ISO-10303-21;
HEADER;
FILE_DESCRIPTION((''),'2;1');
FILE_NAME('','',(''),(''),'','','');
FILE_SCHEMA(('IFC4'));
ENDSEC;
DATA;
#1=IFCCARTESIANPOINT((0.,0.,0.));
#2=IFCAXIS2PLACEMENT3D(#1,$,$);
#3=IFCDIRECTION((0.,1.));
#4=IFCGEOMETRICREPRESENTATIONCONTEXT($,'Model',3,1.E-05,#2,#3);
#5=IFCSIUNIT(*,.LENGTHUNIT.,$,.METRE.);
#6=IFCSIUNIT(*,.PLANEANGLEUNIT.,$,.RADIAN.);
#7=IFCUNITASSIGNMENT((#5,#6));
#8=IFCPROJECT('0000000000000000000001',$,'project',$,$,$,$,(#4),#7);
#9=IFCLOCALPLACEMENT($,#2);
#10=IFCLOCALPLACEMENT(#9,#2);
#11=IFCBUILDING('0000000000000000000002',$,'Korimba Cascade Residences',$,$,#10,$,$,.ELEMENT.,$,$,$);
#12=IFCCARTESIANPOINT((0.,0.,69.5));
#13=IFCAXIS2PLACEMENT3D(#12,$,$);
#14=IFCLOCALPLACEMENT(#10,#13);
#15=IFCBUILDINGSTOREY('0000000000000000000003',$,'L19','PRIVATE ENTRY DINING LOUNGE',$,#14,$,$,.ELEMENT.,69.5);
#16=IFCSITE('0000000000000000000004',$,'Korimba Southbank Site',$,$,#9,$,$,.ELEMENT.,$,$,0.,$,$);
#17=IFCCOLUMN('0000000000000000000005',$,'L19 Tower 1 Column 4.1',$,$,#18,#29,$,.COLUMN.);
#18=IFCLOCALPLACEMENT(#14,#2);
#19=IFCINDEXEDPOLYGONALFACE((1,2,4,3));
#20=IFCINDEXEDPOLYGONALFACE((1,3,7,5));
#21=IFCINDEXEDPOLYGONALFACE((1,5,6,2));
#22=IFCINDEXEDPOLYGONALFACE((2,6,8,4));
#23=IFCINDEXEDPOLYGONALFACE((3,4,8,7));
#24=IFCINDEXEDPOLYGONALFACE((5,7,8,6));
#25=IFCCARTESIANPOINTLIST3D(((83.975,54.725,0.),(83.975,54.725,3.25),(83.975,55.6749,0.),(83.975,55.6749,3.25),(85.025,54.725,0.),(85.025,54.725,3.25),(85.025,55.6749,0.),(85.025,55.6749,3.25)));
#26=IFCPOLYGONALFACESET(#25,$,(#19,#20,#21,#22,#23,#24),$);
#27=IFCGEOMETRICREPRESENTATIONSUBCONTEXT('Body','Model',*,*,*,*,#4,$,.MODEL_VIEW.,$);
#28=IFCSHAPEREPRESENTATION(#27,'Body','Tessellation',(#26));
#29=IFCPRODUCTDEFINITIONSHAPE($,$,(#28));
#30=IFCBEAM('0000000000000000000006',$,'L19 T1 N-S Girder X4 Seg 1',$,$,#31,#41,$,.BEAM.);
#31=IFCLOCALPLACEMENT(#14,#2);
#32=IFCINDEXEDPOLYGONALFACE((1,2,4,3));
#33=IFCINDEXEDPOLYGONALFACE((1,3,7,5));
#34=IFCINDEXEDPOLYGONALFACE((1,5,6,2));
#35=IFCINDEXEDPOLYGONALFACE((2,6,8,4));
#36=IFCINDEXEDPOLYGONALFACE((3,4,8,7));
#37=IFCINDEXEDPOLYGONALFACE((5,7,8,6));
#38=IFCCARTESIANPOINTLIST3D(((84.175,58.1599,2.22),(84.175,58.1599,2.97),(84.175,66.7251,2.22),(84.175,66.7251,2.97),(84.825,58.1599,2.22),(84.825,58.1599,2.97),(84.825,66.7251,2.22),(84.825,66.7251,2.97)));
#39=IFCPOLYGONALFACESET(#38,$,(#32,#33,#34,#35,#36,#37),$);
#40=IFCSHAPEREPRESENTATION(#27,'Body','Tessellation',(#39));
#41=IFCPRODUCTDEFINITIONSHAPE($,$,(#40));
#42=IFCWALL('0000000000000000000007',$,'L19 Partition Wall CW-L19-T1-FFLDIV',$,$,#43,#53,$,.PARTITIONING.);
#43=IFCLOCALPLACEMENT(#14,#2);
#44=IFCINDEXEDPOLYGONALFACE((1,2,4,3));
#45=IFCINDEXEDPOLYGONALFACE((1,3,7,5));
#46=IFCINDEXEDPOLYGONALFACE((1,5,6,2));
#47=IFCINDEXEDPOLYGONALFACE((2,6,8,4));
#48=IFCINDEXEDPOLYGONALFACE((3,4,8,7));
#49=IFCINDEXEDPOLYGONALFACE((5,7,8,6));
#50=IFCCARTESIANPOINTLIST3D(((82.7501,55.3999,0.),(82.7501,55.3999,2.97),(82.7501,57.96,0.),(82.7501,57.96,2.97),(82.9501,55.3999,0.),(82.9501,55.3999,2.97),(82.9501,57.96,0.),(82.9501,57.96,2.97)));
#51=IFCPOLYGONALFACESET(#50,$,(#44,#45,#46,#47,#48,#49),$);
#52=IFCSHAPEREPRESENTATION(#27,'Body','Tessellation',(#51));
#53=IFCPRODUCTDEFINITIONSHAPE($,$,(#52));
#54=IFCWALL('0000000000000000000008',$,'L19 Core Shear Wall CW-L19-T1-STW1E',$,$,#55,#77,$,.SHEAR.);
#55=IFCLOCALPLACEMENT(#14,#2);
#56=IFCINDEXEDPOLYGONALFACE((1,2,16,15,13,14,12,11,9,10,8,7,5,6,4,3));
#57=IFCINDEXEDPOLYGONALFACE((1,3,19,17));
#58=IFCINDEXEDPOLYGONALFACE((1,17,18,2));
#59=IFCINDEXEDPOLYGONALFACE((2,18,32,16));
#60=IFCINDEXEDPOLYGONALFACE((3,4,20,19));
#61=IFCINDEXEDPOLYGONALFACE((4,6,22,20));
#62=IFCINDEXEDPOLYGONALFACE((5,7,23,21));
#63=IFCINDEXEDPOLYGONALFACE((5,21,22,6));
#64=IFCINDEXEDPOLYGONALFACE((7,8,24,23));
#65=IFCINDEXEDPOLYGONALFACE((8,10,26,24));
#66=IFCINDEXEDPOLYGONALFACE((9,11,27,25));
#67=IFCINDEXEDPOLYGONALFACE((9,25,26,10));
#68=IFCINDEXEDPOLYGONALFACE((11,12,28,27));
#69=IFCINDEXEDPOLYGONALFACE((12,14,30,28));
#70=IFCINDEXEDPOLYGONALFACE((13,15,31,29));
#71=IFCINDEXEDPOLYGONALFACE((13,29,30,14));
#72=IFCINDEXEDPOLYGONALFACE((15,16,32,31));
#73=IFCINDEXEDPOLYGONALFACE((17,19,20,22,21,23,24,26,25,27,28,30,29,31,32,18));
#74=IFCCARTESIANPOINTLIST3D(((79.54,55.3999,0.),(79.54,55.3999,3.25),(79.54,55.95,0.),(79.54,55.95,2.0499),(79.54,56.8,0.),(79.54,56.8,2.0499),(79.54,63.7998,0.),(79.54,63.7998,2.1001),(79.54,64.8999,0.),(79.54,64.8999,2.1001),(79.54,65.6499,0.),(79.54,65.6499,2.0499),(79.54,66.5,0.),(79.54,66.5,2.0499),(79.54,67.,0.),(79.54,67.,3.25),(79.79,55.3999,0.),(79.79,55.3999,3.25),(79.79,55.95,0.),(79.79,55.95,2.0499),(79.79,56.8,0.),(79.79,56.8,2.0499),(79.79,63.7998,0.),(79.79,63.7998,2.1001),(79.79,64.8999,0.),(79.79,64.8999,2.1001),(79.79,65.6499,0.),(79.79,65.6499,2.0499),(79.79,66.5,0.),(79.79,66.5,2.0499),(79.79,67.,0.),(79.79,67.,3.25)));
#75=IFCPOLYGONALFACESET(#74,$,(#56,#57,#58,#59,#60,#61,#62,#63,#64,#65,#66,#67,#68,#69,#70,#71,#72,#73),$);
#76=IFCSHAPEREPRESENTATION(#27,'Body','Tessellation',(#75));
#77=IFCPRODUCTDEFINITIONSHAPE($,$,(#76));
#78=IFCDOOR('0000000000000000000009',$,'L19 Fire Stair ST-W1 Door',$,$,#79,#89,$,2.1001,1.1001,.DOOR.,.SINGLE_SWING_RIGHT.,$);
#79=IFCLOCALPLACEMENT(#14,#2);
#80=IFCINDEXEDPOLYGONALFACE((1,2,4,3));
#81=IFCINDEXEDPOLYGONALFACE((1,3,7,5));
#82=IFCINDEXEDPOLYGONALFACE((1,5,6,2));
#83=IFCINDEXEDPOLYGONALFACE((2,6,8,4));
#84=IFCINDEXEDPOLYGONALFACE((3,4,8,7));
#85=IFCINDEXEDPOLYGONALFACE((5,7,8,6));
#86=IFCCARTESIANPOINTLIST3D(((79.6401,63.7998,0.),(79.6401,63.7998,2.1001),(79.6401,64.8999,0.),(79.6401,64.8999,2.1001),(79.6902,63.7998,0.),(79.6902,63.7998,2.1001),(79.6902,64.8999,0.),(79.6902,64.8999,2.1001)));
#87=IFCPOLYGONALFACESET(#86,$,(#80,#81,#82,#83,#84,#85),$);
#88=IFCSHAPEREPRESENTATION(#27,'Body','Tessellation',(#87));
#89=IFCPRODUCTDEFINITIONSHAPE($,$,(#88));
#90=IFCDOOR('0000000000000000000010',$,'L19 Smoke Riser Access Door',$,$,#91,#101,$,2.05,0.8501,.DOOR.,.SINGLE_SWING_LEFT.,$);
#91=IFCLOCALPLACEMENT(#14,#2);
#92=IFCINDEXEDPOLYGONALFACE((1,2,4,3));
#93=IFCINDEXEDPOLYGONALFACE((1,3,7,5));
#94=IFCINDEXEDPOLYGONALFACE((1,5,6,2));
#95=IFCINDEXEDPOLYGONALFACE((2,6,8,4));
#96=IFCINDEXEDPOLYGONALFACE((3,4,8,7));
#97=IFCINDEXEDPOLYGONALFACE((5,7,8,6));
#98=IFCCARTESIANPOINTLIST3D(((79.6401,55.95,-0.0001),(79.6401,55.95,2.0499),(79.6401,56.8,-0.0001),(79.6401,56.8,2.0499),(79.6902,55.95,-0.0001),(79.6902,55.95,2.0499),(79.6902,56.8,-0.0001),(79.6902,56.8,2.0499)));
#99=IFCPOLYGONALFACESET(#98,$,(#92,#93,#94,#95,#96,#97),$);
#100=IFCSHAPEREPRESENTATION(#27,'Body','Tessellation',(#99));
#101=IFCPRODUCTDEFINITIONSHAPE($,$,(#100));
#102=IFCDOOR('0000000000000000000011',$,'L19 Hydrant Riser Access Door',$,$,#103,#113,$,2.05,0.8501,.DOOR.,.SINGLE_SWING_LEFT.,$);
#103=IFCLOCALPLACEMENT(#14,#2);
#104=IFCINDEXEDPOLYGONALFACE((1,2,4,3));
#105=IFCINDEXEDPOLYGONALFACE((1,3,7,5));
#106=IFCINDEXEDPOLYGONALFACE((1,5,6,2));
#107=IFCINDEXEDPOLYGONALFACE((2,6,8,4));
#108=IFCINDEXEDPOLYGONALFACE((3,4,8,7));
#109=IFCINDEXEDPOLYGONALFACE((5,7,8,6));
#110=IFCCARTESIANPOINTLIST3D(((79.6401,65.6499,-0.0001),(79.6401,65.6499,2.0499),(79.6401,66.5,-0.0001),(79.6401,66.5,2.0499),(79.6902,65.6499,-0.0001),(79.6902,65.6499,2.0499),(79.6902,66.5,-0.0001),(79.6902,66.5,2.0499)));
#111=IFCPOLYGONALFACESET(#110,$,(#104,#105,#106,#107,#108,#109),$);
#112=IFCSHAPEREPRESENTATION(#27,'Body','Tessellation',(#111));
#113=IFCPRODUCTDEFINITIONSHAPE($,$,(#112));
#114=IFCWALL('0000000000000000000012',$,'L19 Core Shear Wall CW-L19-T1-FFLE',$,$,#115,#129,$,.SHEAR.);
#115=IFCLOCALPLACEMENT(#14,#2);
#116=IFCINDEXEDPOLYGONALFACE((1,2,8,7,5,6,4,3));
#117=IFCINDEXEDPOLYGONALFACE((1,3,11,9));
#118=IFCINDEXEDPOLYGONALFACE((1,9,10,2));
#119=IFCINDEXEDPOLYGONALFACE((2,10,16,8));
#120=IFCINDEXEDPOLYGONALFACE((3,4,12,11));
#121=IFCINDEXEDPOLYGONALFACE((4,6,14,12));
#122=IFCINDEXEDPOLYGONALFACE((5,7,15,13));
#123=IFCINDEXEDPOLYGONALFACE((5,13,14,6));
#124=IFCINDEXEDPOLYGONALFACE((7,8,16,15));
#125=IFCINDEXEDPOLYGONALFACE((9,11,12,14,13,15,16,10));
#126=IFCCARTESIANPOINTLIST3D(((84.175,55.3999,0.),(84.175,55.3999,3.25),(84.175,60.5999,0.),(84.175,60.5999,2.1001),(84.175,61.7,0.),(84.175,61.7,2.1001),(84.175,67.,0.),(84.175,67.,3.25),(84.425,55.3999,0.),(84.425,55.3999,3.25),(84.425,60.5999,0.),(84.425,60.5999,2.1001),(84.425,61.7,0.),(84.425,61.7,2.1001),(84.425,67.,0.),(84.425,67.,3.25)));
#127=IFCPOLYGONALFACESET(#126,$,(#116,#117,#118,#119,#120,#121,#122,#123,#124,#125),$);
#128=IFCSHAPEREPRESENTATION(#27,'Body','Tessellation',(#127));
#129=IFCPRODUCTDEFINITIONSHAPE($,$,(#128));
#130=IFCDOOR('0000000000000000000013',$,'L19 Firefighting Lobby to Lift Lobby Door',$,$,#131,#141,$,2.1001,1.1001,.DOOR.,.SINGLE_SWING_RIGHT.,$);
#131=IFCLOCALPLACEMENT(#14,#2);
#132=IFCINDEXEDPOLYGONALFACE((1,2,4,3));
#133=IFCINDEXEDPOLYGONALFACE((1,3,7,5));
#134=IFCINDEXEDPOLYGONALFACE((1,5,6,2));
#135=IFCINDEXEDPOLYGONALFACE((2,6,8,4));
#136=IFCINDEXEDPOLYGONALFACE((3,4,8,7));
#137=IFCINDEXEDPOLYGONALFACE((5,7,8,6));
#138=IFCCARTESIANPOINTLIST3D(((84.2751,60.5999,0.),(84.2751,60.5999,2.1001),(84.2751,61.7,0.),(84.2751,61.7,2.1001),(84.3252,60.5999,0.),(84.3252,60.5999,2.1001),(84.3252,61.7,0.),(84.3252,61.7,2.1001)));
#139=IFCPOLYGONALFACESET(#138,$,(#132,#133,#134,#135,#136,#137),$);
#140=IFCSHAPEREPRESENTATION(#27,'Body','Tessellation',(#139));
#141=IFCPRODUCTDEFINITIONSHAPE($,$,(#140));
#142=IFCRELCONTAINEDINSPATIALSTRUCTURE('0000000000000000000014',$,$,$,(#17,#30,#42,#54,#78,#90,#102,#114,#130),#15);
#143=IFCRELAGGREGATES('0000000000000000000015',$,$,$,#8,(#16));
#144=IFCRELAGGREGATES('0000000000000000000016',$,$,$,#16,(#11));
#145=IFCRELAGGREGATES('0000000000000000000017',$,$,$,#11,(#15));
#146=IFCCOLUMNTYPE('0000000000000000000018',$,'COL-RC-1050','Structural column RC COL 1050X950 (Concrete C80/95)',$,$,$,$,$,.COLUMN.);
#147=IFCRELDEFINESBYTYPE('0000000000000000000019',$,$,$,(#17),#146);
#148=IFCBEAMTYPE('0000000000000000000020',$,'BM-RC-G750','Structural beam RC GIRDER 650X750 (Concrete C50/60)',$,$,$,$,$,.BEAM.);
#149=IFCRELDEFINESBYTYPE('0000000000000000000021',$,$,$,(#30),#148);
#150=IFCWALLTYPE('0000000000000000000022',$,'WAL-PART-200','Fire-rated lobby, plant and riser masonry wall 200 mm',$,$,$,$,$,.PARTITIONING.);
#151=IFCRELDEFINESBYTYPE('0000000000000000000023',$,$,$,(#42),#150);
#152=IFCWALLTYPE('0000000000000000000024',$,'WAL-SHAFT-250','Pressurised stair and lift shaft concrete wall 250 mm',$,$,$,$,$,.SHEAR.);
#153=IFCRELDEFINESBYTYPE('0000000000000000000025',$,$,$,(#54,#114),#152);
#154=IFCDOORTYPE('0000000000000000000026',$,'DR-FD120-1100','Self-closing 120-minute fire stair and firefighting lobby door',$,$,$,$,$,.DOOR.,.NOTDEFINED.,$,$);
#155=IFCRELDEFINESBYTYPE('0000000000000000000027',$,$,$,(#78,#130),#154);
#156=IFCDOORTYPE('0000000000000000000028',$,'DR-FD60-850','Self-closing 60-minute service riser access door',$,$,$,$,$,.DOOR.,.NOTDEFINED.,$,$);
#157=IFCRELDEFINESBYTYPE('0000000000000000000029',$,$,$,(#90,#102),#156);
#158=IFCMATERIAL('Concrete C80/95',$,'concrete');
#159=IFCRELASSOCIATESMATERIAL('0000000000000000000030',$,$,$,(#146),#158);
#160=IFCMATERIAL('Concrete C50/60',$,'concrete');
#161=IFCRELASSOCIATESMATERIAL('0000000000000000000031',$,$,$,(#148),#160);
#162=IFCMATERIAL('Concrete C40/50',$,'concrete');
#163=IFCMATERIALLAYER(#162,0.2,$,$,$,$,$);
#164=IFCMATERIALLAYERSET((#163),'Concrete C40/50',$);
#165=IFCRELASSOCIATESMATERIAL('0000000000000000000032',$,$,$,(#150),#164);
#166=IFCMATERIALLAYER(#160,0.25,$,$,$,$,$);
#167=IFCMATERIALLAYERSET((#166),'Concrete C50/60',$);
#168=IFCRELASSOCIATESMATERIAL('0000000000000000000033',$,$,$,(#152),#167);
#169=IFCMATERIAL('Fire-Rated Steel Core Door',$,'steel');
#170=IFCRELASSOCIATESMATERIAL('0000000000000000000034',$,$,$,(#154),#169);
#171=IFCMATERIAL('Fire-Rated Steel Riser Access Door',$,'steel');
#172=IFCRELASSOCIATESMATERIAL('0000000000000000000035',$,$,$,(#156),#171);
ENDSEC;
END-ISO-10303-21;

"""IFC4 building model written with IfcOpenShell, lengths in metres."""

from ifc_helpers import new_model, si_unit, direction, frame, frame_2d, origin, origin_2d, place, context, subcontext, project, spatial, rectangle, extrude, material, layer, layer_set, material_profile, profile_set, type_object, element, fill, save


model = new_model("IFC4")

# Units and contexts
model_context = context("Model", 3, precision=1e-05, world=origin(), true_north=direction((0.0, 1.0)))
body_context = subcontext(model_context, "Body", "Model", "MODEL_VIEW")
ifc_project = project(units=[si_unit("LENGTHUNIT", "METRE"), si_unit("PLANEANGLEUNIT", "RADIAN")], contexts=[model_context])

# Site, building, storey
site_placement = place(None, origin())
site = spatial("IfcSite", under=ifc_project, at=site_placement, Name="Korimba Southbank Site", CompositionType="ELEMENT", RefElevation=0.0)
building_placement = place(site_placement, origin())
building = spatial("IfcBuilding", under=site, at=building_placement, Name="Korimba Cascade Residences", CompositionType="ELEMENT")
storey_placement = place(building_placement, frame((0.0, 0.0, 69.5)))
storey = spatial("IfcBuildingStorey", under=building, at=storey_placement, Name="L19", Description="PRIVATE ENTRY DINING LOUNGE", CompositionType="ELEMENT", Elevation=69.5)

# Column
ifc_material_1 = material(Name="Concrete C80/95", Category="concrete")
ifc_material_profile_1 = material_profile(ifc_material_1, rectangle(XDim=1.05, YDim=0.95, at=origin_2d()), Name="Concrete C80/95")
ifc_profile_set_1 = profile_set([ifc_material_profile_1], Name="Concrete C80/95")
column_type = type_object("IfcColumnType", Name="COL-RC-1050", Description="Structural column RC COL 1050X950 (Concrete C80/95)", PredefinedType="COLUMN", material=ifc_profile_set_1)
column_placement = place(storey_placement, frame((84.5, 55.2, 0.0), z_axis=(0.0, 0.0, 1.0), x_axis=(1.0, 0.0, 0.0)))
element("IfcColumn", 1, at=column_placement, inside=storey, type_object=column_type, Name="L19 Tower 1 Column 4.1", PredefinedType="COLUMN", context=body_context, shape_type="SweptSolid", body=[
    extrude(rectangle(XDim=1.05, YDim=0.95, at=origin_2d()), origin(), (0.0, 0.0, 1.0), 3.25),
])

# Beam
ifc_material_2 = material(Name="Concrete C50/60", Category="concrete")
ifc_material_profile_2 = material_profile(ifc_material_2, rectangle(XDim=0.6499, YDim=0.75, at=origin_2d()), Name="Concrete C50/60")
ifc_profile_set_2 = profile_set([ifc_material_profile_2], Name="Concrete C50/60")
beam_type = type_object("IfcBeamType", Name="BM-RC-G750", Description="Structural beam RC GIRDER 650X750 (Concrete C50/60)", PredefinedType="BEAM", material=ifc_profile_set_2)
beam_placement = place(storey_placement, frame((84.5, 58.1599, 2.595), z_axis=(0.0, 1.0, 0.0), x_axis=(-1.0, 0.0, 0.0)))
element("IfcBeam", 2, at=beam_placement, inside=storey, type_object=beam_type, Name="L19 T1 N-S Girder X4 Seg 1", PredefinedType="BEAM", context=body_context, shape_type="SweptSolid", body=[
    extrude(rectangle(XDim=0.6499, YDim=0.75, at=origin_2d()), origin(), (0.0, 0.0, 1.0), 8.5652),
])

# Wall
ifc_material_3 = material(Name="Concrete C40/50", Category="concrete")
ifc_layer_1 = layer(ifc_material_3, 0.2)
ifc_layer_set_1 = layer_set([ifc_layer_1], Name="Concrete C40/50")
wall_type_1 = type_object("IfcWallType", Name="WAL-PART-200", Description="Fire-rated lobby, plant and riser masonry wall 200 mm", PredefinedType="PARTITIONING", material=ifc_layer_set_1)
wall_1_placement = place(storey_placement, frame((82.8501, 55.3999, 0.0), z_axis=(0.0, 0.0, 1.0), x_axis=(0.0, 1.0, 0.0)))
element("IfcWall", 3, at=wall_1_placement, inside=storey, type_object=wall_type_1, Name="L19 Partition Wall CW-L19-T1-FFLDIV", PredefinedType="PARTITIONING", context=body_context, shape_type="SweptSolid", body=[
    extrude(rectangle(XDim=2.5601, YDim=0.2, at=frame_2d((1.28, 0.0))), origin(), (0.0, 0.0, 1.0), 2.97),
])

# Wall, openings, doors
ifc_layer_2 = layer(ifc_material_2, 0.25)
ifc_layer_set_2 = layer_set([ifc_layer_2], Name="Concrete C50/60")
wall_type_2 = type_object("IfcWallType", Name="WAL-SHAFT-250", Description="Pressurised stair and lift shaft concrete wall 250 mm", PredefinedType="SHEAR", material=ifc_layer_set_2)
wall_2_placement = place(storey_placement, frame((79.665, 55.3999, 0.0), z_axis=(0.0, 0.0, 1.0), x_axis=(0.0, 1.0, 0.0)))
wall_2 = element("IfcWall", 4, at=wall_2_placement, inside=storey, type_object=wall_type_2, Name="L19 Core Shear Wall CW-L19-T1-STW1E", PredefinedType="SHEAR", context=body_context, shape_type="SweptSolid", body=[
    extrude(rectangle(XDim=11.6001, YDim=0.25, at=frame_2d((5.8, 0.0))), origin(), (0.0, 0.0, 1.0), 3.25),
])
opening_1_placement = place(wall_2_placement, frame((0.55, 0.0, 0.0)))
opening_1 = element("IfcOpeningElement", 5, at=opening_1_placement, cuts=wall_2, PredefinedType="OPENING", context=body_context, shape_type="SweptSolid", body=[
    extrude(rectangle(XDim=0.8501, YDim=2.05, at=frame_2d((0.425, 1.0249))), frame((0.0, 0.135, 0.0), z_axis=(0.0, -1.0, 0.0), x_axis=(1.0, 0.0, 0.0)), (0.0, 0.0, 1.0), 0.27),
])
opening_2_placement = place(wall_2_placement, frame((8.3999, 0.0, 0.0)))
opening_2 = element("IfcOpeningElement", 6, at=opening_2_placement, cuts=wall_2, PredefinedType="OPENING", context=body_context, shape_type="SweptSolid", body=[
    extrude(rectangle(XDim=1.1001, YDim=2.1001, at=frame_2d((0.55, 1.05))), frame((0.0, 0.135, 0.0), z_axis=(0.0, -1.0, 0.0), x_axis=(1.0, 0.0, 0.0)), (0.0, 0.0, 1.0), 0.27),
])
opening_3_placement = place(wall_2_placement, frame((10.25, 0.0, 0.0)))
opening_3 = element("IfcOpeningElement", 7, at=opening_3_placement, cuts=wall_2, PredefinedType="OPENING", context=body_context, shape_type="SweptSolid", body=[
    extrude(rectangle(XDim=0.8501, YDim=2.05, at=frame_2d((0.425, 1.0249))), frame((0.0, 0.135, 0.0), z_axis=(0.0, -1.0, 0.0), x_axis=(1.0, 0.0, 0.0)), (0.0, 0.0, 1.0), 0.27),
])
ifc_material_4 = material(Name="Fire-Rated Steel Core Door", Category="steel")
door_type_1 = type_object("IfcDoorType", Name="DR-FD120-1100", Description="Self-closing 120-minute fire stair and firefighting lobby door", OperationType="NOTDEFINED", PredefinedType="DOOR", material=ifc_material_4)
door_1_placement = place(opening_2_placement, origin())
door_1 = element("IfcDoor", 8, at=door_1_placement, inside=storey, type_object=door_type_1, Name="L19 Fire Stair ST-W1 Door", OperationType="SINGLE_SWING_RIGHT", OverallHeight=2.1001, OverallWidth=1.1001, PredefinedType="DOOR", context=body_context, shape_type="SweptSolid", body=[
    extrude(rectangle(XDim=1.1001, YDim=2.1001, at=frame_2d((0.55, 1.05))), frame((0.0, 0.0249, 0.0), z_axis=(0.0, -1.0, 0.0), x_axis=(1.0, 0.0, 0.0)), (0.0, 0.0, 1.0), 0.05),
])
fill(opening_2, door_1)
ifc_material_5 = material(Name="Fire-Rated Steel Riser Access Door", Category="steel")
door_type_2 = type_object("IfcDoorType", Name="DR-FD60-850", Description="Self-closing 60-minute service riser access door", OperationType="NOTDEFINED", PredefinedType="DOOR", material=ifc_material_5)
door_2_placement = place(opening_1_placement, origin())
door_2 = element("IfcDoor", 9, at=door_2_placement, inside=storey, type_object=door_type_2, Name="L19 Smoke Riser Access Door", OperationType="SINGLE_SWING_LEFT", OverallHeight=2.05, OverallWidth=0.8501, PredefinedType="DOOR", context=body_context, shape_type="SweptSolid", body=[
    extrude(rectangle(XDim=0.8501, YDim=2.05, at=frame_2d((0.425, 1.0249))), frame((0.0, 0.0249, 0.0), z_axis=(0.0, -1.0, 0.0), x_axis=(1.0, 0.0, 0.0)), (0.0, 0.0, 1.0), 0.05),
])
fill(opening_1, door_2)
door_3_placement = place(opening_3_placement, origin())
door_3 = element("IfcDoor", 10, at=door_3_placement, inside=storey, type_object=door_type_2, Name="L19 Hydrant Riser Access Door", OperationType="SINGLE_SWING_LEFT", OverallHeight=2.05, OverallWidth=0.8501, PredefinedType="DOOR", context=body_context, shape_type="SweptSolid", body=[
    extrude(rectangle(XDim=0.8501, YDim=2.05, at=frame_2d((0.425, 1.0249))), frame((0.0, 0.0249, 0.0), z_axis=(0.0, -1.0, 0.0), x_axis=(1.0, 0.0, 0.0)), (0.0, 0.0, 1.0), 0.05),
])
fill(opening_3, door_3)

# Wall, opening, door
wall_3_placement = place(storey_placement, frame((84.3, 55.3999, 0.0), z_axis=(0.0, 0.0, 1.0), x_axis=(0.0, 1.0, 0.0)))
wall_3 = element("IfcWall", 11, at=wall_3_placement, inside=storey, type_object=wall_type_2, Name="L19 Core Shear Wall CW-L19-T1-FFLE", PredefinedType="SHEAR", context=body_context, shape_type="SweptSolid", body=[
    extrude(rectangle(XDim=11.6001, YDim=0.25, at=frame_2d((5.8, 0.0))), origin(), (0.0, 0.0, 1.0), 3.25),
])
opening_4_placement = place(wall_3_placement, frame((5.2, 0.0, 0.0)))
opening_4 = element("IfcOpeningElement", 12, at=opening_4_placement, cuts=wall_3, PredefinedType="OPENING", context=body_context, shape_type="SweptSolid", body=[
    extrude(rectangle(XDim=1.1001, YDim=2.1001, at=frame_2d((0.55, 1.05))), frame((0.0, 0.135, 0.0), z_axis=(0.0, -1.0, 0.0), x_axis=(1.0, 0.0, 0.0)), (0.0, 0.0, 1.0), 0.27),
])
door_4_placement = place(opening_4_placement, origin())
door_4 = element("IfcDoor", 13, at=door_4_placement, inside=storey, type_object=door_type_1, Name="L19 Firefighting Lobby to Lift Lobby Door", OperationType="SINGLE_SWING_RIGHT", OverallHeight=2.1001, OverallWidth=1.1001, PredefinedType="DOOR", context=body_context, shape_type="SweptSolid", body=[
    extrude(rectangle(XDim=1.1001, YDim=2.1001, at=frame_2d((0.55, 1.05))), frame((0.0, 0.0249, 0.0), z_axis=(0.0, -1.0, 0.0), x_axis=(1.0, 0.0, 0.0)), (0.0, 0.0, 1.0), 0.05),
])
fill(opening_4, door_4)

save(model, "model.ifc")
